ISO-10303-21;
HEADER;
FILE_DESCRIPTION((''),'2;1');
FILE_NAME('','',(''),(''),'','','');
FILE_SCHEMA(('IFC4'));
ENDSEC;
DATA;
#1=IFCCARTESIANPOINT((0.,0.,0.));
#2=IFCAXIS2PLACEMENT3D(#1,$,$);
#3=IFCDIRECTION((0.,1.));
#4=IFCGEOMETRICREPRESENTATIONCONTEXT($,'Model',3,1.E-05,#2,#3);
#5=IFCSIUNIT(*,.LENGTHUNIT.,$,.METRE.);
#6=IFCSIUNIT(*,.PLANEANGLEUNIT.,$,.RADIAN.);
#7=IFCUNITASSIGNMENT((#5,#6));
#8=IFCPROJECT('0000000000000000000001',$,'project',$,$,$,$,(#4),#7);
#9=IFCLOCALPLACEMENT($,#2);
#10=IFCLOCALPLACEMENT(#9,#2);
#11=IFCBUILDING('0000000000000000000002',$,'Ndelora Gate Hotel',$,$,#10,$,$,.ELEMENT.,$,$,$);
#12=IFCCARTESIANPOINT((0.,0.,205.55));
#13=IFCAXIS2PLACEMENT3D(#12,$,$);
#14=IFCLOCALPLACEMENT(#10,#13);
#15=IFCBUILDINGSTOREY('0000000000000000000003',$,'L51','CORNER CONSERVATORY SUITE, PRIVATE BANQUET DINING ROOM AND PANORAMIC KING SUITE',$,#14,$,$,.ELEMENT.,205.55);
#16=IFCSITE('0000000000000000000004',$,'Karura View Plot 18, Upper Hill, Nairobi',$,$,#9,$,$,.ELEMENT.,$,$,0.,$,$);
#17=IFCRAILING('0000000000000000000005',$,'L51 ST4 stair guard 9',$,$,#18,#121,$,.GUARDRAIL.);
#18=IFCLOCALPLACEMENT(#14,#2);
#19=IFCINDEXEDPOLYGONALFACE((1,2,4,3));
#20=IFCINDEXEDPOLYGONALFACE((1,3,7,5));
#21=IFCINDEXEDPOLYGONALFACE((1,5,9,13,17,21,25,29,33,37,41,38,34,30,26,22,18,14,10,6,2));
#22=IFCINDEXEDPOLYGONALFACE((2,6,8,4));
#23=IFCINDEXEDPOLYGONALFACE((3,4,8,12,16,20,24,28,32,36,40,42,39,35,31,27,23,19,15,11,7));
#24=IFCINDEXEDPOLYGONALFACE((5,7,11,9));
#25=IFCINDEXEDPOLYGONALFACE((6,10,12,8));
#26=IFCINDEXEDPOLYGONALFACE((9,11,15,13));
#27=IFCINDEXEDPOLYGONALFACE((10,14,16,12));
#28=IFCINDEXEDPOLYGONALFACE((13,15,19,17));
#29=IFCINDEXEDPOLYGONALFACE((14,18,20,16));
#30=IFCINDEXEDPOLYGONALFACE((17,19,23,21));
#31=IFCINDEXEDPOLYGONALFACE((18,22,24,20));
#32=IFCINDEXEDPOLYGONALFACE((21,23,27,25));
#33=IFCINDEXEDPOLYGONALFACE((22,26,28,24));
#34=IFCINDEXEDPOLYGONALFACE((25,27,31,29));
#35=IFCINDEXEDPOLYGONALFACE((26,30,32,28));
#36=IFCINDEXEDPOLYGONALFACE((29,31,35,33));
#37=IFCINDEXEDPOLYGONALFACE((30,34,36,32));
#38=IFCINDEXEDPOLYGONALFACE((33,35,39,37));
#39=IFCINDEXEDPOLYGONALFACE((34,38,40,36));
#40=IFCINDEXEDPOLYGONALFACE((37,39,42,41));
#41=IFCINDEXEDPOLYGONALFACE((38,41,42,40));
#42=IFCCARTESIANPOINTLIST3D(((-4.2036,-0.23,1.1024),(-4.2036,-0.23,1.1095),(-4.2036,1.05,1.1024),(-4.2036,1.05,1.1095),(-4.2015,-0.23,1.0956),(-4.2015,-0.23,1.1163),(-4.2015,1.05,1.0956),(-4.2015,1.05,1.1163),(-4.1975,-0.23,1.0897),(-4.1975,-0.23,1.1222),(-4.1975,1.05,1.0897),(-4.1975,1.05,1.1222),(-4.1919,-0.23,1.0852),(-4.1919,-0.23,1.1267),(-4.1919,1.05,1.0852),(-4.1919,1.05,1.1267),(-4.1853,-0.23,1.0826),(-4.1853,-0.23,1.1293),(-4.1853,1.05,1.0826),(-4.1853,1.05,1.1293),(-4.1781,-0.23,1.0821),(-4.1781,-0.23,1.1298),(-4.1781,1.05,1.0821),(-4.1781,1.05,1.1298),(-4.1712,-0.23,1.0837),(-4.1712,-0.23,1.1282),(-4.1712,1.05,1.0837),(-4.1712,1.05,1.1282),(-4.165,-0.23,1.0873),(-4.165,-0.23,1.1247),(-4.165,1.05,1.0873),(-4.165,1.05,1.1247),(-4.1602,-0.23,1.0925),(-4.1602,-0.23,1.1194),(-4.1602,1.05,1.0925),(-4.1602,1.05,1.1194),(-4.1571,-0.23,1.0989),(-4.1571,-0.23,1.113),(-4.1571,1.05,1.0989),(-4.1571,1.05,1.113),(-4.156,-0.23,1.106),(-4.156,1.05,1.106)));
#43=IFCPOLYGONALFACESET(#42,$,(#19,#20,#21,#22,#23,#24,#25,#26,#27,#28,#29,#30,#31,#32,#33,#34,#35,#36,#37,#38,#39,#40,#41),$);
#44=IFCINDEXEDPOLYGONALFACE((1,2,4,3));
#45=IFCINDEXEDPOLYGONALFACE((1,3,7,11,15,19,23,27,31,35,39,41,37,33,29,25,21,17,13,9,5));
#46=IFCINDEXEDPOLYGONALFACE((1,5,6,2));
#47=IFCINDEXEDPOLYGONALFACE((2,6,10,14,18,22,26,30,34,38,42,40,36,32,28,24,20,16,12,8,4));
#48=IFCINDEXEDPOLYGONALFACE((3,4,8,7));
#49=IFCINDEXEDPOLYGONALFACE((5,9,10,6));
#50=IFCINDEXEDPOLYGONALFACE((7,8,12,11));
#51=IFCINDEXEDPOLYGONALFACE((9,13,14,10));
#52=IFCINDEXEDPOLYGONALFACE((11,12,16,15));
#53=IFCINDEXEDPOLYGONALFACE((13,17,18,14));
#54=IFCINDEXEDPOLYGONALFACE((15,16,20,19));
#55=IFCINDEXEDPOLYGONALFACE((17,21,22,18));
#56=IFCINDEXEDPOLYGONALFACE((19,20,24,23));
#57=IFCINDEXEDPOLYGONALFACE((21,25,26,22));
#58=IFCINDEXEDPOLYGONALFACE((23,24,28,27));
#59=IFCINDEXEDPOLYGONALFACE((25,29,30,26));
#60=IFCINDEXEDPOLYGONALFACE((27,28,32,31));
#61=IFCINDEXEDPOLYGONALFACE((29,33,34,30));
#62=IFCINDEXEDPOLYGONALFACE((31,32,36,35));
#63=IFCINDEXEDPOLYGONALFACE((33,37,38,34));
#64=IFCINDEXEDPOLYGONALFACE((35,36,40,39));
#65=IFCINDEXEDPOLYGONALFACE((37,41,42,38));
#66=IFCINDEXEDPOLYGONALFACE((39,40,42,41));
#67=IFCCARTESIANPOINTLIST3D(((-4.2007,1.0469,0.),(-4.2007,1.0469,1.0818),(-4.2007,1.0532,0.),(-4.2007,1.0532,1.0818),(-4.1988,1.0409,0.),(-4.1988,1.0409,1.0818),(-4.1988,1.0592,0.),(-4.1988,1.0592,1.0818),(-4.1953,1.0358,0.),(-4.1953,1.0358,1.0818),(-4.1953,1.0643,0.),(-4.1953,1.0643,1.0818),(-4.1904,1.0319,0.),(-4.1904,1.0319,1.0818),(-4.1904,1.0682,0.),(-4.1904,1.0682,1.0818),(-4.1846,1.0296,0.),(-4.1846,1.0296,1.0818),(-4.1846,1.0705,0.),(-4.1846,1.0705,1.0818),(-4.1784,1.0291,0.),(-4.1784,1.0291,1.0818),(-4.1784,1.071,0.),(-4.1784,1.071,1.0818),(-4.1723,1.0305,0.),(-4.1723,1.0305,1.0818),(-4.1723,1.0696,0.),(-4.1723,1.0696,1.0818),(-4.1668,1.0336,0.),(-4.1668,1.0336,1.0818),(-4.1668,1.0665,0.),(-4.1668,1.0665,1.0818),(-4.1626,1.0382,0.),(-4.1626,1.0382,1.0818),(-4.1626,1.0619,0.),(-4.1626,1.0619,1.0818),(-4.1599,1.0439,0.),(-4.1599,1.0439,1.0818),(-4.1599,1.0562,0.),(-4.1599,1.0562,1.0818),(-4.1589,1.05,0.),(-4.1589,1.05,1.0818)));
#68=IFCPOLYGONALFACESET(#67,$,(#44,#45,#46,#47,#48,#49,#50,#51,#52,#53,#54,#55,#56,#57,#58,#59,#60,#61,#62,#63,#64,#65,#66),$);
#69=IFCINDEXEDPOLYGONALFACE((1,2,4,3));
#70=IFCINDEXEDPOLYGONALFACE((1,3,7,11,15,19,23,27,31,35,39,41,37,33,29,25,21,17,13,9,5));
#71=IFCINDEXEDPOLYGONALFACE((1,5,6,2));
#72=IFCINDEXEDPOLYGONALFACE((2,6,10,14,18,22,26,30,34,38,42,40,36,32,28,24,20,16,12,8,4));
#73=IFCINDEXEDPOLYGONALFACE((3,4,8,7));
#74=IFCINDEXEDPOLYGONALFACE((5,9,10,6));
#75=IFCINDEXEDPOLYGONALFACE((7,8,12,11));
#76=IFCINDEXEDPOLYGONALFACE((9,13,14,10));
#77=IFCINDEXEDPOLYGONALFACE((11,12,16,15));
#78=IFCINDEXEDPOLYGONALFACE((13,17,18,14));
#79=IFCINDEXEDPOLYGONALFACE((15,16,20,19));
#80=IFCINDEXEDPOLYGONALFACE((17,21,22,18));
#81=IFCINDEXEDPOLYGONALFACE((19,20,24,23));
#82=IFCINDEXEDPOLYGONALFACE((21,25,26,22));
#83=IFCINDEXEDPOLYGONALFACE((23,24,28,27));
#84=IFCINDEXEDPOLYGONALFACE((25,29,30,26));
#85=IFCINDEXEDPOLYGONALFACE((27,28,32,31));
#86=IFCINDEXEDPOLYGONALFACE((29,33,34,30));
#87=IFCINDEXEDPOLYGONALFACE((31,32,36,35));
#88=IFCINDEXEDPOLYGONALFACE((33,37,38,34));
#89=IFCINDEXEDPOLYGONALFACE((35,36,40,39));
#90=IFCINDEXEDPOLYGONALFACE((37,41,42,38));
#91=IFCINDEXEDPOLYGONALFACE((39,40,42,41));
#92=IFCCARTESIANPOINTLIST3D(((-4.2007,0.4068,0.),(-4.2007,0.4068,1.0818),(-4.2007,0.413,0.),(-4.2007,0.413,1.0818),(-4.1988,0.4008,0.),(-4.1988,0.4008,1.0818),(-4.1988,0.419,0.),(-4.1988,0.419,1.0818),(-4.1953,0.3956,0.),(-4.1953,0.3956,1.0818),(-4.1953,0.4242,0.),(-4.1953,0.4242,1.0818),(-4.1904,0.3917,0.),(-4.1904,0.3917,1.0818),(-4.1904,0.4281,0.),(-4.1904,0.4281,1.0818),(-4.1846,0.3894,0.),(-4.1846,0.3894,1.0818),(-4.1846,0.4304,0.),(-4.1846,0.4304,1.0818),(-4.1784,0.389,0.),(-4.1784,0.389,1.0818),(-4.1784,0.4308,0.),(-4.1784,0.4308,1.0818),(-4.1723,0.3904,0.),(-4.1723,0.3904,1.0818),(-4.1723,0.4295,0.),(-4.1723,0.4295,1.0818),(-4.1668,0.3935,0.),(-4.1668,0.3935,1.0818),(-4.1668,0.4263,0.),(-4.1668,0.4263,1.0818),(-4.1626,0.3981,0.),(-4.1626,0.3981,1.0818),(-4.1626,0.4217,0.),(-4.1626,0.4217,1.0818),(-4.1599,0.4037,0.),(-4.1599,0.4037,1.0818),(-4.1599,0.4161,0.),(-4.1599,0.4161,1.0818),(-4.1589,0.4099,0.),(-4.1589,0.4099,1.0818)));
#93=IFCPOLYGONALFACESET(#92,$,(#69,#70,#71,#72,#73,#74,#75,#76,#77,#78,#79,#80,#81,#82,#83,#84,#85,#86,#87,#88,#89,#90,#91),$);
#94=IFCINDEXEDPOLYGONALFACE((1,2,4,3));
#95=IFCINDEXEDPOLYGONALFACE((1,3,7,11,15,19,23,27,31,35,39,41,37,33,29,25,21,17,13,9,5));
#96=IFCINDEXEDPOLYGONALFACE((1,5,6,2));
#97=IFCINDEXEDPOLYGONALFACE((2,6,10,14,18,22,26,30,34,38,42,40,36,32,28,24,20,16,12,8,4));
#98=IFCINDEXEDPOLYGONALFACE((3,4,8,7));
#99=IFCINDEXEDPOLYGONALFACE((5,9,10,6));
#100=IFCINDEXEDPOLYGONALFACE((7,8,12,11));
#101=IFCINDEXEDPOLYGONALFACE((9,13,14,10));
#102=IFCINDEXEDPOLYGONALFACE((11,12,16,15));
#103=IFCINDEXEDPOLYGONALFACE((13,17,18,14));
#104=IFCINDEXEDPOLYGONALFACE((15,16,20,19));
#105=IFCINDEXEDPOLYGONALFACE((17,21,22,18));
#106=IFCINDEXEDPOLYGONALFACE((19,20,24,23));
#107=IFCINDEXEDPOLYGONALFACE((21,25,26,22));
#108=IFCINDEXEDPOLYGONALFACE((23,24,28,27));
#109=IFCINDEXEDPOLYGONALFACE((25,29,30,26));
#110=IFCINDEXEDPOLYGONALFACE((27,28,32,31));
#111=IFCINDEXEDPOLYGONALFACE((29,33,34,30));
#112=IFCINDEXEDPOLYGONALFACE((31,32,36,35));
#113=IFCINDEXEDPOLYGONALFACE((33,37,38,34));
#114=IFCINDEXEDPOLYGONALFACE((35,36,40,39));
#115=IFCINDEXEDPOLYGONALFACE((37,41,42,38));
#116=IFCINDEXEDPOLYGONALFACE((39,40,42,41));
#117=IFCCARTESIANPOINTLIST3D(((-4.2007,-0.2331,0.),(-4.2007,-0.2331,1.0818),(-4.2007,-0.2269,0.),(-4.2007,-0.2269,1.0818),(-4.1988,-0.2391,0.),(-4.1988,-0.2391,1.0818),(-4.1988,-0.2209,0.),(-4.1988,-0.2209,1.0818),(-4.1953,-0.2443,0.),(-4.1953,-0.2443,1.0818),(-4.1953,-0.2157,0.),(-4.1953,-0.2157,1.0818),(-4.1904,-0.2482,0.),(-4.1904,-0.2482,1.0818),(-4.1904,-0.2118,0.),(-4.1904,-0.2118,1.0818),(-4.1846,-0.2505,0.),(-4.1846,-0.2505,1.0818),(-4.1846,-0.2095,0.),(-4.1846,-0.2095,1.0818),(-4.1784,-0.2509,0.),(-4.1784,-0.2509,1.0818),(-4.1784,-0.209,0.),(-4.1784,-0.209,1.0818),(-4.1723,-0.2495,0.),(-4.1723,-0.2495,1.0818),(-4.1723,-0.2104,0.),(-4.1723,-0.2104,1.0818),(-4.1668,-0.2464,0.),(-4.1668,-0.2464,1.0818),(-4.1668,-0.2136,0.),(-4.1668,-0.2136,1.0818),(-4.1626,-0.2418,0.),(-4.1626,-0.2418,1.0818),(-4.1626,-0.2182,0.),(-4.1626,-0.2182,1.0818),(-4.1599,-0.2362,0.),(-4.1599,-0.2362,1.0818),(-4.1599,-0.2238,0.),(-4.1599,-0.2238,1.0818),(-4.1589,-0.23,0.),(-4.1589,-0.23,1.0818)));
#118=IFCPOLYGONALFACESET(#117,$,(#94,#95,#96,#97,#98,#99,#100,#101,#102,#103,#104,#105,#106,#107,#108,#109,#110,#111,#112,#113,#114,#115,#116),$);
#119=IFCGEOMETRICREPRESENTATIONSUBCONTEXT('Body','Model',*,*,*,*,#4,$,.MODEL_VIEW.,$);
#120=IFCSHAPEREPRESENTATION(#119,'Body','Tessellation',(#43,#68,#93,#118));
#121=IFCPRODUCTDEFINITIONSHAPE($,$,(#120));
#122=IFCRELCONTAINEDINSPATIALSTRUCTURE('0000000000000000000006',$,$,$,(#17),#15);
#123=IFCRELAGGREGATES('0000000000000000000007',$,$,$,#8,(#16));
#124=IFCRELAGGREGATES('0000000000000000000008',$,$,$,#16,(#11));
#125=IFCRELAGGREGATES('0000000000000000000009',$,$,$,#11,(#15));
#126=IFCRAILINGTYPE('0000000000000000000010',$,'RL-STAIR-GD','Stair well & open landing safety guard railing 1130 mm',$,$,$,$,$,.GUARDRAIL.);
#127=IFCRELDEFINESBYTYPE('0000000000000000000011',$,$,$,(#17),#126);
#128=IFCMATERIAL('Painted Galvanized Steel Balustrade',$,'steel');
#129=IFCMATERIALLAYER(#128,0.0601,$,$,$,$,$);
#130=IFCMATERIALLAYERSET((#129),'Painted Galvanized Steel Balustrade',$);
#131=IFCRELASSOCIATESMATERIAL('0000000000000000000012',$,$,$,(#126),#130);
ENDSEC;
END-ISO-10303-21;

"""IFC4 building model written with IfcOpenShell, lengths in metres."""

from ifc_helpers import new_model, si_unit, direction, frame, origin, origin_2d, place, context, subcontext, project, spatial, circle, extrude, material, layer, layer_set, type_object, element, save


model = new_model("IFC4")

# Units and contexts
model_context = context("Model", 3, precision=1e-05, world=origin(), true_north=direction((0.0, 1.0)))
body_context = subcontext(model_context, "Body", "Model", "MODEL_VIEW")
ifc_project = project(units=[si_unit("LENGTHUNIT", "METRE"), si_unit("PLANEANGLEUNIT", "RADIAN")], contexts=[model_context])

# Site, building, storey
site_placement = place(None, origin())
site = spatial("IfcSite", under=ifc_project, at=site_placement, Name="Karura View Plot 18, Upper Hill, Nairobi", CompositionType="ELEMENT", RefElevation=0.0)
building_placement = place(site_placement, origin())
building = spatial("IfcBuilding", under=site, at=building_placement, Name="Ndelora Gate Hotel", CompositionType="ELEMENT")
storey_placement = place(building_placement, frame((0.0, 0.0, 205.55)))
storey = spatial("IfcBuildingStorey", under=building, at=storey_placement, Name="L51", Description="CORNER CONSERVATORY SUITE, PRIVATE BANQUET DINING ROOM AND PANORAMIC KING SUITE", CompositionType="ELEMENT", Elevation=205.55)

# Railing
ifc_material_1 = material(Name="Painted Galvanized Steel Balustrade", Category="steel")
ifc_layer_1 = layer(ifc_material_1, 0.0601)
ifc_layer_set_1 = layer_set([ifc_layer_1], Name="Painted Galvanized Steel Balustrade")
railing_type = type_object("IfcRailingType", Name="RL-STAIR-GD", Description="Stair well & open landing safety guard railing 1130 mm", PredefinedType="GUARDRAIL", material=ifc_layer_set_1)
for number, where, name in (
    (1, (-4.1799, 1.05, 0.0), "L51 ST4 stair guard 9"),
):
    element("IfcRailing", number, at=place(storey_placement, frame(where)), inside=storey, type_object=railing_type, Name=name, PredefinedType="GUARDRAIL", context=body_context, shape_type="SweptSolid", body=[
        extrude(circle(Radius=0.0239, at=origin_2d()), frame((0.0, 0.0, 1.106), z_axis=(0.0, -1.0, 0.0), x_axis=(1.0, 0.0, 0.0)), (0.0, 0.0, 1.0), 1.28),
        extrude(circle(Radius=0.021, at=origin_2d()), origin(), (0.0, 0.0, 1.0), 1.0818),
        extrude(circle(Radius=0.021, at=origin_2d()), frame((0.0, -0.6401, 0.0)), (0.0, 0.0, 1.0), 1.0818),
        extrude(circle(Radius=0.021, at=origin_2d()), frame((0.0, -1.28, 0.0)), (0.0, 0.0, 1.0), 1.0818),
    ])

save(model, "model.ifc")
